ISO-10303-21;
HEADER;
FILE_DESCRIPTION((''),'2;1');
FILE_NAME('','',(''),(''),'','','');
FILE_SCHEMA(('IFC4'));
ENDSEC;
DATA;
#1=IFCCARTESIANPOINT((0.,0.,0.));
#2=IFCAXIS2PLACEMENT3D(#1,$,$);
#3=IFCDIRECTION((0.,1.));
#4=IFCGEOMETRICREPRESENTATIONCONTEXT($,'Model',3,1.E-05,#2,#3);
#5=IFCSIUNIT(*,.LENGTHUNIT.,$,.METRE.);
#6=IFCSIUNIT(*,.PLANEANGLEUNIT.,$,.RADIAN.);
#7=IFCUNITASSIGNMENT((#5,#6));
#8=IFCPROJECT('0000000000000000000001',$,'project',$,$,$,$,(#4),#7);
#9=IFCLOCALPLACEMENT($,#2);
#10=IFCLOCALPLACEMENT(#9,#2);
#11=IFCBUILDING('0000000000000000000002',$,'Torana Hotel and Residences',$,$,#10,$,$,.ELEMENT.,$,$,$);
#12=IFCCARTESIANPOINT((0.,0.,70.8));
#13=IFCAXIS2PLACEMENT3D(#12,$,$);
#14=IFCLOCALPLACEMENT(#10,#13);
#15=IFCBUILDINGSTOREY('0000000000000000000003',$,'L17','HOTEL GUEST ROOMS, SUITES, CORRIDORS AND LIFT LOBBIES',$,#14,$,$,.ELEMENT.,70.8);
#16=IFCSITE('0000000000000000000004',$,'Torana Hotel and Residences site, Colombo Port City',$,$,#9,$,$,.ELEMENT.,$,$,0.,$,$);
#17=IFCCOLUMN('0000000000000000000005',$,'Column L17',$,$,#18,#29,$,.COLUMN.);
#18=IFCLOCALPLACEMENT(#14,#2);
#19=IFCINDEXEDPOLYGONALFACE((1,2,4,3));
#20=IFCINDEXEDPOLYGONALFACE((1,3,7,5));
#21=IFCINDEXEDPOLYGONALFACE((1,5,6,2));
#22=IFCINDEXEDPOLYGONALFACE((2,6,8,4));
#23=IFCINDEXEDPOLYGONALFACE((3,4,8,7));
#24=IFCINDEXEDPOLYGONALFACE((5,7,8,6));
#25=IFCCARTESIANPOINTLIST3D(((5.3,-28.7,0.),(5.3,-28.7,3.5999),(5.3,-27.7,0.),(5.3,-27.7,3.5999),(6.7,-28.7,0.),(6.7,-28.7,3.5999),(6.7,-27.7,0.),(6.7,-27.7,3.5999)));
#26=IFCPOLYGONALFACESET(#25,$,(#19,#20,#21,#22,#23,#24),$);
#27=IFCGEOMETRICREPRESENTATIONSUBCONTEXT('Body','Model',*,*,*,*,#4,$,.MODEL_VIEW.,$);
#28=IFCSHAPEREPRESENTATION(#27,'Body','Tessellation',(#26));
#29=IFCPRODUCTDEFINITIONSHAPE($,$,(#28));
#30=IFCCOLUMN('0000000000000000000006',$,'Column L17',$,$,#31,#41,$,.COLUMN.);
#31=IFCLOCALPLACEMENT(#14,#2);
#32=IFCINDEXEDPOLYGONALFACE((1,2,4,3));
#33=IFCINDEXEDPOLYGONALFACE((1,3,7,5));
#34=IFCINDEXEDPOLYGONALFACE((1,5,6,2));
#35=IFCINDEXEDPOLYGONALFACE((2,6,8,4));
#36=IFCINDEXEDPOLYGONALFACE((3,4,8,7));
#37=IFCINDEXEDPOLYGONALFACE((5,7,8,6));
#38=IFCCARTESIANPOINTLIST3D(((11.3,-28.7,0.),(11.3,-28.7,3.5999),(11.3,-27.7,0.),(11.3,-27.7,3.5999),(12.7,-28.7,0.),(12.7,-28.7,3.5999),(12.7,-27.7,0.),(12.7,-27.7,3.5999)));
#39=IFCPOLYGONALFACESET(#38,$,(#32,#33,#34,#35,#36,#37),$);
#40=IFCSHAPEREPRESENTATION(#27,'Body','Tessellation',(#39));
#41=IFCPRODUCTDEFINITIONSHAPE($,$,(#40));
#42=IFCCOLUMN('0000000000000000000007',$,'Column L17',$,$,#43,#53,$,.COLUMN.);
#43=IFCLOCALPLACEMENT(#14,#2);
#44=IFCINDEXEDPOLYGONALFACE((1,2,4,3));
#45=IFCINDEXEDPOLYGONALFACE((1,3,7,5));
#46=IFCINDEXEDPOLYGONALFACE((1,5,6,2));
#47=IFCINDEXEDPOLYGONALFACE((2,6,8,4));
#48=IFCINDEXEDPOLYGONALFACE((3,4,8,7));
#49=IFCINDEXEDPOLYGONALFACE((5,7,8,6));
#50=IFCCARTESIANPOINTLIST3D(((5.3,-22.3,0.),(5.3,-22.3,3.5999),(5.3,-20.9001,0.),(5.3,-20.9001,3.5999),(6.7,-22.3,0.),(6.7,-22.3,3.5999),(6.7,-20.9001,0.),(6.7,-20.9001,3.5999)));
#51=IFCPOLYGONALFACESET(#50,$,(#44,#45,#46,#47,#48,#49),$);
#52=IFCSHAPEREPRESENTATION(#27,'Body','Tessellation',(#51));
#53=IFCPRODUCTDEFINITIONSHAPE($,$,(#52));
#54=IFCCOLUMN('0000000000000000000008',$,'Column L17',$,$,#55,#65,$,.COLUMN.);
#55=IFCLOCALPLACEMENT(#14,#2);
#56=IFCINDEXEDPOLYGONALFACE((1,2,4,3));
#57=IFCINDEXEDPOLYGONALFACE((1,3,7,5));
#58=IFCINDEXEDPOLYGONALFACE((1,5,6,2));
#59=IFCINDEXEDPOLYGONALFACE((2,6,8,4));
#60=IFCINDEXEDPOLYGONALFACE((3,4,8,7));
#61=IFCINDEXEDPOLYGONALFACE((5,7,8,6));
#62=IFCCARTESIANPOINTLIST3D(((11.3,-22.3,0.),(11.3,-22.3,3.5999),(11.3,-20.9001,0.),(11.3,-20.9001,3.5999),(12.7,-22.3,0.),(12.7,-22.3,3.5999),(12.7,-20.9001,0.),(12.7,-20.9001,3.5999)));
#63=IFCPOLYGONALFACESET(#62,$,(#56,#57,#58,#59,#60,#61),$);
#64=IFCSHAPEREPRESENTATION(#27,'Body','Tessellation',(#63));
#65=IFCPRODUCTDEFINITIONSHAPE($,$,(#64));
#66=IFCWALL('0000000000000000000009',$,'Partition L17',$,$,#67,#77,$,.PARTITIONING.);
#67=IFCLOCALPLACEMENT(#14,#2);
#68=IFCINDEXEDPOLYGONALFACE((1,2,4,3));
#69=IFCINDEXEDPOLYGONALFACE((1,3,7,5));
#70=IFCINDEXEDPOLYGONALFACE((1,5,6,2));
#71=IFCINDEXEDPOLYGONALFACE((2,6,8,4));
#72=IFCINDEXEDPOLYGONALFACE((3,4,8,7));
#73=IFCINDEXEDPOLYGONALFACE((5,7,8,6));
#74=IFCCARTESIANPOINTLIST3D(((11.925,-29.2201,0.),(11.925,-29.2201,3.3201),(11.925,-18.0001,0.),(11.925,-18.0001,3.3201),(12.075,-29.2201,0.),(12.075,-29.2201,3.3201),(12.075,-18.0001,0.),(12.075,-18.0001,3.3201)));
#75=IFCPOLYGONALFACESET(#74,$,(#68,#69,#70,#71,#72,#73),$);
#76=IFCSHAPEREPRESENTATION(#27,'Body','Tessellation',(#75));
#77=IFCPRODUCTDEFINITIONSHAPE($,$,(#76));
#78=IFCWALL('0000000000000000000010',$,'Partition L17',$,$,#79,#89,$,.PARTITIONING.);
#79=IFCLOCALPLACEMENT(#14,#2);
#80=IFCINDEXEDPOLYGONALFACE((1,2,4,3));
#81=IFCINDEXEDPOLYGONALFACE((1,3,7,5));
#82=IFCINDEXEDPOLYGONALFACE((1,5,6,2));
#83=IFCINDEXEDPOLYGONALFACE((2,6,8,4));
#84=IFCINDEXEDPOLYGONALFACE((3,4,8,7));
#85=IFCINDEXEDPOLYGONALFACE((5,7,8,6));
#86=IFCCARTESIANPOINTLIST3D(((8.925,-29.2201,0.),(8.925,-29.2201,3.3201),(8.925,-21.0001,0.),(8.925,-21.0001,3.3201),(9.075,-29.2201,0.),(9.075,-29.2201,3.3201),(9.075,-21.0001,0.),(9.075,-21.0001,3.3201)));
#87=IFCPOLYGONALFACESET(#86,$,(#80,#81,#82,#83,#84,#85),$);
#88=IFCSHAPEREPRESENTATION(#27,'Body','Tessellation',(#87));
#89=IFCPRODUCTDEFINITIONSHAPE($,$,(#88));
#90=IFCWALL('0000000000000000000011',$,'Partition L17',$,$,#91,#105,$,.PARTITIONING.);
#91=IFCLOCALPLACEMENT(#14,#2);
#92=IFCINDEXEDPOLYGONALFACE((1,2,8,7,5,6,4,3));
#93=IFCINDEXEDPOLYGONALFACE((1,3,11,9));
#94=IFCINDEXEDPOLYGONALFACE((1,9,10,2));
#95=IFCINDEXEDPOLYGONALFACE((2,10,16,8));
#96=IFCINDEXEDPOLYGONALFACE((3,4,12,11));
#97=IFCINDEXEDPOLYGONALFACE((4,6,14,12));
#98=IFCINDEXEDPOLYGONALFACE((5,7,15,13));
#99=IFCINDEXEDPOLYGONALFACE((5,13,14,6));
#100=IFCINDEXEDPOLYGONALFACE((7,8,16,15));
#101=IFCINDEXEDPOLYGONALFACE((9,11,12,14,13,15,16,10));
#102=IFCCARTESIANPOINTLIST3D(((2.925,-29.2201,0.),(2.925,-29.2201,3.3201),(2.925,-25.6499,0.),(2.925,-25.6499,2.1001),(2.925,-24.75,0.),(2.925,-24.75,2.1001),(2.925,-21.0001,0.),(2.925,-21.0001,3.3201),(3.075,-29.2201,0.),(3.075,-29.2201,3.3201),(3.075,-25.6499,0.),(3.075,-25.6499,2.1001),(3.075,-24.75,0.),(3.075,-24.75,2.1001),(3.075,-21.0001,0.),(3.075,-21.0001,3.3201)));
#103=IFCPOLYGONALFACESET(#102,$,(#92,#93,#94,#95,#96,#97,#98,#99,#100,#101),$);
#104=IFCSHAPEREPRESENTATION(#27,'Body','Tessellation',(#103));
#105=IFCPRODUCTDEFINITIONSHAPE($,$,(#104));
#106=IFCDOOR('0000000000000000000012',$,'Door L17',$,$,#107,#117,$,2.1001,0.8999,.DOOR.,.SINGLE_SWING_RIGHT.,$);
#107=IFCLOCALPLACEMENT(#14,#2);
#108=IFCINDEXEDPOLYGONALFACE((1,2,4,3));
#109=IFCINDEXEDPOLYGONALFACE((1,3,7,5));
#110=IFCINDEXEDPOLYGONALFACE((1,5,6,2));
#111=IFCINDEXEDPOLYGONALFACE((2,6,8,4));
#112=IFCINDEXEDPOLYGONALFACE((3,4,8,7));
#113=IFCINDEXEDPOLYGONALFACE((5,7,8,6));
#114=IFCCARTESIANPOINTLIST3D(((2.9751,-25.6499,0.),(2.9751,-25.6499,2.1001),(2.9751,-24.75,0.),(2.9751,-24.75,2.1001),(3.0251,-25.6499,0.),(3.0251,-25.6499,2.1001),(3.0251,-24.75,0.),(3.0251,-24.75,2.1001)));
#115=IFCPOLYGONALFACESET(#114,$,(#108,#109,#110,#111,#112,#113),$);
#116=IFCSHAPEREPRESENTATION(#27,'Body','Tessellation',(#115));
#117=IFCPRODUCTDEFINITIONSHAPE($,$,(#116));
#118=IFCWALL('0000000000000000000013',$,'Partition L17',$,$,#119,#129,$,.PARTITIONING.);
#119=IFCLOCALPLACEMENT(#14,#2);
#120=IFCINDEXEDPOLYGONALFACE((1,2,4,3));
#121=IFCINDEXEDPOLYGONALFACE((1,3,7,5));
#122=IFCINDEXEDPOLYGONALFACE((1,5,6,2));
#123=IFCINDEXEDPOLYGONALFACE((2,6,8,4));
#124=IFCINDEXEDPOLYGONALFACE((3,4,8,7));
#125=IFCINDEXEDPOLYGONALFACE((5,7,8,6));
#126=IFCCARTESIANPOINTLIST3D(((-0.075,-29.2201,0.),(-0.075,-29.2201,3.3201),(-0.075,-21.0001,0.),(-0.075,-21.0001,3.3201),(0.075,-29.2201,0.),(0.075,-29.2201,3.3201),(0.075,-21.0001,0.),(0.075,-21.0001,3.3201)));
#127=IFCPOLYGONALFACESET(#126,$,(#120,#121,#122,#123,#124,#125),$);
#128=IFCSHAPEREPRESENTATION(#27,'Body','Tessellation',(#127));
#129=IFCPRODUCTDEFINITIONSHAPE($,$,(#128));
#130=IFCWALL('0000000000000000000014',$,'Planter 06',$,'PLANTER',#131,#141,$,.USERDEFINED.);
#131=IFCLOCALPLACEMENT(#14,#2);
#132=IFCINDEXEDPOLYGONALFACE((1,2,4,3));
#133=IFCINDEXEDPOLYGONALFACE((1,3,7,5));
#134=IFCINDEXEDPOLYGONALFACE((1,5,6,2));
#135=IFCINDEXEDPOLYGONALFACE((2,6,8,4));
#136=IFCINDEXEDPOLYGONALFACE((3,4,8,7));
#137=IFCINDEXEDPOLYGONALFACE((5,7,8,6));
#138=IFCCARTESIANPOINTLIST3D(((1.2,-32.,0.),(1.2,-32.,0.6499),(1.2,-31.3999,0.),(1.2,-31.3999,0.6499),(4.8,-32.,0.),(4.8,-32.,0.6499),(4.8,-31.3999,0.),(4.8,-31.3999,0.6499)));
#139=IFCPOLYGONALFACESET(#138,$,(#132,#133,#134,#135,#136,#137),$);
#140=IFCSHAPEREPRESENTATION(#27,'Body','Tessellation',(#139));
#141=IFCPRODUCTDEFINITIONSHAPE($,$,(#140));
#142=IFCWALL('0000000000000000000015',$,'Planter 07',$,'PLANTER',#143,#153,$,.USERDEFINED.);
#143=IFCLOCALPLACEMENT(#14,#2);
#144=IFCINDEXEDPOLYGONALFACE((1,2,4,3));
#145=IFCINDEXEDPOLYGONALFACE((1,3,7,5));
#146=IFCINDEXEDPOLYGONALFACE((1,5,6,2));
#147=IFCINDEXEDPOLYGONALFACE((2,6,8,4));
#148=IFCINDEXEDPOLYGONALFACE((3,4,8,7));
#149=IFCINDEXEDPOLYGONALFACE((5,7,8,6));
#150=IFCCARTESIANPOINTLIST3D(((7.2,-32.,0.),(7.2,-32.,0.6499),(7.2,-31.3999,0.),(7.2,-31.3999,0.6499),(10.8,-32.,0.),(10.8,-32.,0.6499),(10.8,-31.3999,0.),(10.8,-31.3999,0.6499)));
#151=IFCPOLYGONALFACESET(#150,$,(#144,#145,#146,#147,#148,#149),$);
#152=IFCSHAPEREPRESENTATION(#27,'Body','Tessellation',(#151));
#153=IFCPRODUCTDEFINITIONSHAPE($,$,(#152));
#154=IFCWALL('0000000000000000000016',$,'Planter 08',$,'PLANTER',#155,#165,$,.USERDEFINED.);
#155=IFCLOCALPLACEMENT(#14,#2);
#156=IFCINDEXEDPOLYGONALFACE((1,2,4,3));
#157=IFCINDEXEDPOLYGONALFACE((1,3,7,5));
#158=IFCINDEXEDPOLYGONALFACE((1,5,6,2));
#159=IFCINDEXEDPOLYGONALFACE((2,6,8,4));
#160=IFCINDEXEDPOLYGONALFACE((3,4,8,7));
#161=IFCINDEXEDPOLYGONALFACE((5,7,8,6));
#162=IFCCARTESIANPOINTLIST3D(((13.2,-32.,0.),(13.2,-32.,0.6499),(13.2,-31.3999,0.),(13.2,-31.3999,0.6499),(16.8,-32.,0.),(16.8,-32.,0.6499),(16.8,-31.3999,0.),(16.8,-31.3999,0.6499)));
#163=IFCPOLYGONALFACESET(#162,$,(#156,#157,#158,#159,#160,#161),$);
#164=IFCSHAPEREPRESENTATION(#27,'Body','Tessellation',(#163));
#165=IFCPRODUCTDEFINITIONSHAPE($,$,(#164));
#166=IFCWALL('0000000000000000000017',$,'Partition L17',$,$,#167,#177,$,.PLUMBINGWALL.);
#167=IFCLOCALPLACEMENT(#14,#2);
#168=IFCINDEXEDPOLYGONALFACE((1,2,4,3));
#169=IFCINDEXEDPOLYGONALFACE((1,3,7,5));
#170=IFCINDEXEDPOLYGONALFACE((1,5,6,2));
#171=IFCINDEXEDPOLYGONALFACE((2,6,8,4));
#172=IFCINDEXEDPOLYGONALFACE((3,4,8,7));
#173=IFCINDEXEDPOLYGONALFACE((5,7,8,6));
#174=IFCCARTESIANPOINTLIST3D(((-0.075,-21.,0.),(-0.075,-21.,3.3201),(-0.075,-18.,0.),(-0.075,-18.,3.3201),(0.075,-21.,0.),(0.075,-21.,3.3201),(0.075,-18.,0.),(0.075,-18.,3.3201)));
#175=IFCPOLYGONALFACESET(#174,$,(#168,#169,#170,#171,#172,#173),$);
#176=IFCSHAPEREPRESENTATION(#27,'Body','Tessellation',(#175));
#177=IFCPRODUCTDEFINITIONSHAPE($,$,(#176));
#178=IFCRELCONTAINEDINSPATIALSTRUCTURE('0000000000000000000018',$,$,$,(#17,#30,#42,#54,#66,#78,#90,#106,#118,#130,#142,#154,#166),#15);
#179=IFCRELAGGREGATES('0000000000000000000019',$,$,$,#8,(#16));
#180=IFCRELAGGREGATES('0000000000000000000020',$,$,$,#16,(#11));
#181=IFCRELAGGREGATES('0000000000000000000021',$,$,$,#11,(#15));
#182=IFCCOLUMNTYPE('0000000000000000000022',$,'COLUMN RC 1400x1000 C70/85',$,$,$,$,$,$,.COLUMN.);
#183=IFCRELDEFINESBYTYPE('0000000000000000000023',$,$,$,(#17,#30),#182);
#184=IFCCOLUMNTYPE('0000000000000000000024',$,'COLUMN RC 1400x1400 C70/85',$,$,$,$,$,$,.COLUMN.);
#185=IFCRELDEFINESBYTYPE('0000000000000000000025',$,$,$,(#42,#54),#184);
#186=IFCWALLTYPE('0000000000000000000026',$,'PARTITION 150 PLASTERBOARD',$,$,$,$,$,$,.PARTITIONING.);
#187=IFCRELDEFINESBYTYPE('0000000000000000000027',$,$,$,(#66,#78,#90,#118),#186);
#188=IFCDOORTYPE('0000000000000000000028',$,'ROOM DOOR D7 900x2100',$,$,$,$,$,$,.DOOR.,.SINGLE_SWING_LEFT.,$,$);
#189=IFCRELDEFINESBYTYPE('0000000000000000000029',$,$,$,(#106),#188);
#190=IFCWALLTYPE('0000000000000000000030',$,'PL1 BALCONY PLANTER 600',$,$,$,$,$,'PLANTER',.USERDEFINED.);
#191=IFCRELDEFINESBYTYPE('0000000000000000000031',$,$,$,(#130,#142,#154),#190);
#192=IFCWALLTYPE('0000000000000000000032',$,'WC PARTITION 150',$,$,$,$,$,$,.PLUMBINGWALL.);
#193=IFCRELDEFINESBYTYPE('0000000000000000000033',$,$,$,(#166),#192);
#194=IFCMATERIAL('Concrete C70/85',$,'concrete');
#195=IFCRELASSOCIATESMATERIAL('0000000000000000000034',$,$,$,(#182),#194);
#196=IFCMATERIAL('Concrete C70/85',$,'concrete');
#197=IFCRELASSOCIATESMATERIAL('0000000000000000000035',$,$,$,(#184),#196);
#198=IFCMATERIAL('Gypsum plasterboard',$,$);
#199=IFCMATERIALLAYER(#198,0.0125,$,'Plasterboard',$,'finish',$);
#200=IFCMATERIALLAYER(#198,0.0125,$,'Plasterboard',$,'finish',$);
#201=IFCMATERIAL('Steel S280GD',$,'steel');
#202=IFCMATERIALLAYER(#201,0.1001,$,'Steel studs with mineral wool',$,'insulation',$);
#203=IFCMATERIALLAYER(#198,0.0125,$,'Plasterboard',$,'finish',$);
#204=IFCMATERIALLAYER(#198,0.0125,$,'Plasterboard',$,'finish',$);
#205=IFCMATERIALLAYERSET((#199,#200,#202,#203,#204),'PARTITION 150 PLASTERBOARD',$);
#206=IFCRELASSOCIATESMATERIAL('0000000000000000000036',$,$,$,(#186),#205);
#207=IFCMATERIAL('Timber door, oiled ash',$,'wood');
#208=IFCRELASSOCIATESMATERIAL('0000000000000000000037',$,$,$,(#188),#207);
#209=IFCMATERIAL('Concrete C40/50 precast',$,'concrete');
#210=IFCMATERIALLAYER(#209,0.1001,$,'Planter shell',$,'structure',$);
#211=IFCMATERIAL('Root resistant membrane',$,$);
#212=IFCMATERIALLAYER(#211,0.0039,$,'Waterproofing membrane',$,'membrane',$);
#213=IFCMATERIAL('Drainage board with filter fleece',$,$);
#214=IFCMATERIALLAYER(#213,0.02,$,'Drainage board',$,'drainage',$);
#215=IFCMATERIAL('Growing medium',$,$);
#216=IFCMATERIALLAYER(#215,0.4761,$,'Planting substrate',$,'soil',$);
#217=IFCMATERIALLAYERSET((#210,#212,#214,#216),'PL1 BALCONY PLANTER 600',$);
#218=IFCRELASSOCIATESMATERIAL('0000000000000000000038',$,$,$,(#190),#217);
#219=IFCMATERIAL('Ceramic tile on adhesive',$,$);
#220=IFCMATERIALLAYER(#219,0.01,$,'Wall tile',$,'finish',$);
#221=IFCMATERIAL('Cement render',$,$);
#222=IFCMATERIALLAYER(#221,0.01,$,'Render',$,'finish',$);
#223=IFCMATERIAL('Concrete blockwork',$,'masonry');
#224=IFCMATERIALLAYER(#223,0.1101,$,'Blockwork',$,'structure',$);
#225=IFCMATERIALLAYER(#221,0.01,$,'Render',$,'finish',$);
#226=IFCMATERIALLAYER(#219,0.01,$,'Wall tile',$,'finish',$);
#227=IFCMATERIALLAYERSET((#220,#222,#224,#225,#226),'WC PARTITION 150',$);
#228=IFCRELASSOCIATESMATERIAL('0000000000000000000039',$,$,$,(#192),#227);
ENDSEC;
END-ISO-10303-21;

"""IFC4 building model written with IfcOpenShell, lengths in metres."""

from ifc_helpers import new_model, si_unit, direction, frame, frame_2d, origin, origin_2d, place, context, subcontext, project, spatial, rectangle, extrude, material, layer, layer_set, material_profile, profile_set, type_object, element, fill, save


model = new_model("IFC4")

# Units and contexts
model_context = context("Model", 3, precision=1e-05, world=origin(), true_north=direction((0.0, 1.0)))
body_context = subcontext(model_context, "Body", "Model", "MODEL_VIEW")
ifc_project = project(units=[si_unit("LENGTHUNIT", "METRE"), si_unit("PLANEANGLEUNIT", "RADIAN")], contexts=[model_context])

# Site, building, storey
site_placement = place(None, origin())
site = spatial("IfcSite", under=ifc_project, at=site_placement, Name="Torana Hotel and Residences site, Colombo Port City", CompositionType="ELEMENT", RefElevation=0.0)
building_placement = place(site_placement, origin())
building = spatial("IfcBuilding", under=site, at=building_placement, Name="Torana Hotel and Residences", CompositionType="ELEMENT")
storey_placement = place(building_placement, frame((0.0, 0.0, 70.8)))
storey = spatial("IfcBuildingStorey", under=building, at=storey_placement, Name="L17", Description="HOTEL GUEST ROOMS, SUITES, CORRIDORS AND LIFT LOBBIES", CompositionType="ELEMENT", Elevation=70.8)

# Columns
ifc_material_1 = material(Name="Concrete C70/85", Category="concrete")
ifc_material_profile_1 = material_profile(ifc_material_1, rectangle(XDim=1.3999, YDim=1.0, at=origin_2d()), Name="RC 1400x1000")
ifc_profile_set_1 = profile_set([ifc_material_profile_1], Name="Concrete C70/85")
column_type_1 = type_object("IfcColumnType", Name="COLUMN RC 1400x1000 C70/85", PredefinedType="COLUMN", material=ifc_profile_set_1)
for number, where, z_axis, x_axis, name in (
    (1, (6.0, -28.2, 0.0), (0.0, 0.0, 1.0), (1.0, 0.0, 0.0), "Column L17"),
    (2, (12.0, -28.2, 0.0), (0.0, 0.0, 1.0), (1.0, 0.0, 0.0), "Column L17"),
):
    element("IfcColumn", number, at=place(storey_placement, frame(where, z_axis=z_axis, x_axis=x_axis)), inside=storey, type_object=column_type_1, Name=name, PredefinedType="COLUMN", context=body_context, shape_type="SweptSolid", body=[
        extrude(rectangle(XDim=1.3999, YDim=1.0, at=origin_2d()), origin(), (0.0, 0.0, 1.0), 3.5999),
    ])
ifc_material_2 = material(Name="Concrete C70/85", Category="concrete")
ifc_material_profile_2 = material_profile(ifc_material_2, rectangle(XDim=1.3999, YDim=1.3999, at=origin_2d()), Name="RC 1400x1400")
ifc_profile_set_2 = profile_set([ifc_material_profile_2], Name="Concrete C70/85")
column_type_2 = type_object("IfcColumnType", Name="COLUMN RC 1400x1400 C70/85", PredefinedType="COLUMN", material=ifc_profile_set_2)
for number, where, z_axis, x_axis, name in (
    (3, (6.0, -21.6001, 0.0), (0.0, 0.0, 1.0), (1.0, 0.0, 0.0), "Column L17"),
    (4, (12.0, -21.6001, 0.0), (0.0, 0.0, 1.0), (1.0, 0.0, 0.0), "Column L17"),
):
    element("IfcColumn", number, at=place(storey_placement, frame(where, z_axis=z_axis, x_axis=x_axis)), inside=storey, type_object=column_type_2, Name=name, PredefinedType="COLUMN", context=body_context, shape_type="SweptSolid", body=[
        extrude(rectangle(XDim=1.3999, YDim=1.3999, at=origin_2d()), origin(), (0.0, 0.0, 1.0), 3.5999),
    ])

# Walls
ifc_material_3 = material(Name="Gypsum plasterboard")
ifc_layer_1 = layer(ifc_material_3, 0.0125, Name="Plasterboard", Category="finish")
ifc_layer_2 = layer(ifc_material_3, 0.0125, Name="Plasterboard", Category="finish")
ifc_material_4 = material(Name="Steel S280GD", Category="steel")
ifc_layer_3 = layer(ifc_material_4, 0.1001, Name="Steel studs with mineral wool", Category="insulation")
ifc_layer_4 = layer(ifc_material_3, 0.0125, Name="Plasterboard", Category="finish")
ifc_layer_5 = layer(ifc_material_3, 0.0125, Name="Plasterboard", Category="finish")
ifc_layer_set_1 = layer_set([ifc_layer_1, ifc_layer_2, ifc_layer_3, ifc_layer_4, ifc_layer_5], Name="PARTITION 150 PLASTERBOARD")
wall_type_1 = type_object("IfcWallType", Name="PARTITION 150 PLASTERBOARD", PredefinedType="PARTITIONING", material=ifc_layer_set_1)
wall_1_placement = place(storey_placement, frame((12.0, -29.22, 0.0), z_axis=(0.0, 0.0, 1.0), x_axis=(0.0, 1.0, 0.0)))
element("IfcWall", 5, at=wall_1_placement, inside=storey, type_object=wall_type_1, Name="Partition L17", PredefinedType="PARTITIONING", context=body_context, shape_type="SweptSolid", body=[
    extrude(rectangle(XDim=11.22, YDim=0.1499, at=frame_2d((5.6099, 0.0))), origin(), (0.0, 0.0, 1.0), 3.3201),
])
wall_2_placement = place(storey_placement, frame((9.0, -29.22, 0.0), z_axis=(0.0, 0.0, 1.0), x_axis=(0.0, 1.0, 0.0)))
element("IfcWall", 6, at=wall_2_placement, inside=storey, type_object=wall_type_1, Name="Partition L17", PredefinedType="PARTITIONING", context=body_context, shape_type="SweptSolid", body=[
    extrude(rectangle(XDim=8.22, YDim=0.1499, at=frame_2d((4.1099, 0.0))), origin(), (0.0, 0.0, 1.0), 3.3201),
])

# Wall, opening, door
wall_3_placement = place(storey_placement, frame((3.0, -29.22, 0.0), z_axis=(0.0, 0.0, 1.0), x_axis=(0.0, 1.0, 0.0)))
wall_3 = element("IfcWall", 7, at=wall_3_placement, inside=storey, type_object=wall_type_1, Name="Partition L17", PredefinedType="PARTITIONING", context=body_context, shape_type="SweptSolid", body=[
    extrude(rectangle(XDim=8.22, YDim=0.1499, at=frame_2d((4.1099, 0.0))), origin(), (0.0, 0.0, 1.0), 3.3201),
])
opening_placement = place(wall_3_placement, frame((3.5701, 0.0, 0.0)))
opening = element("IfcOpeningElement", 8, at=opening_placement, cuts=wall_3, PredefinedType="OPENING", context=body_context, shape_type="SweptSolid", body=[
    extrude(rectangle(XDim=0.8999, YDim=2.1001, at=frame_2d((0.45, 1.05))), frame((0.0, 0.085, 0.0), z_axis=(0.0, -1.0, 0.0), x_axis=(1.0, 0.0, 0.0)), (0.0, 0.0, 1.0), 0.1699),
])
ifc_material_5 = material(Name="Timber door, oiled ash", Category="wood")
door_type = type_object("IfcDoorType", Name="ROOM DOOR D7 900x2100", OperationType="SINGLE_SWING_LEFT", PredefinedType="DOOR", material=ifc_material_5)
door_placement = place(opening_placement, origin())
door = element("IfcDoor", 9, at=door_placement, inside=storey, type_object=door_type, Name="Door L17", OperationType="SINGLE_SWING_RIGHT", OverallHeight=2.1001, OverallWidth=0.8999, PredefinedType="DOOR", context=body_context, shape_type="SweptSolid", body=[
    extrude(rectangle(XDim=0.8999, YDim=2.1001, at=frame_2d((0.45, 1.05))), frame((0.0, 0.0249, 0.0), z_axis=(0.0, -1.0, 0.0), x_axis=(1.0, 0.0, 0.0)), (0.0, 0.0, 1.0), 0.05),
])
fill(opening, door)

# Walls
wall_4_placement = place(storey_placement, frame((0.0, -29.22, 0.0), z_axis=(0.0, 0.0, 1.0), x_axis=(0.0, 1.0, 0.0)))
element("IfcWall", 10, at=wall_4_placement, inside=storey, type_object=wall_type_1, Name="Partition L17", PredefinedType="PARTITIONING", context=body_context, shape_type="SweptSolid", body=[
    extrude(rectangle(XDim=8.22, YDim=0.1499, at=frame_2d((4.1099, 0.0))), origin(), (0.0, 0.0, 1.0), 3.3201),
])
ifc_material_6 = material(Name="Concrete C40/50 precast", Category="concrete")
ifc_layer_6 = layer(ifc_material_6, 0.1001, Name="Planter shell", Category="structure")
ifc_material_7 = material(Name="Root resistant membrane")
ifc_layer_7 = layer(ifc_material_7, 0.0039, Name="Waterproofing membrane", Category="membrane")
ifc_material_8 = material(Name="Drainage board with filter fleece")
ifc_layer_8 = layer(ifc_material_8, 0.02, Name="Drainage board", Category="drainage")
ifc_material_9 = material(Name="Growing medium")
ifc_layer_9 = layer(ifc_material_9, 0.4761, Name="Planting substrate", Category="soil")
ifc_layer_set_2 = layer_set([ifc_layer_6, ifc_layer_7, ifc_layer_8, ifc_layer_9], Name="PL1 BALCONY PLANTER 600")
wall_type_2 = type_object("IfcWallType", Name="PL1 BALCONY PLANTER 600", ElementType="PLANTER", PredefinedType="USERDEFINED", material=ifc_layer_set_2)
for number, where, z_axis, x_axis, name in (
    (11, (4.8, -31.7, 0.0), (0.0, 0.0, 1.0), (-1.0, 0.0, 0.0), "Planter 06"),
    (12, (10.8, -31.7, 0.0), (0.0, 0.0, 1.0), (-1.0, 0.0, 0.0), "Planter 07"),
    (13, (16.8, -31.7, 0.0), (0.0, 0.0, 1.0), (-1.0, 0.0, 0.0), "Planter 08"),
):
    element("IfcWall", number, at=place(storey_placement, frame(where, z_axis=z_axis, x_axis=x_axis)), inside=storey, type_object=wall_type_2, Name=name, ObjectType="PLANTER", PredefinedType="USERDEFINED", context=body_context, shape_type="SweptSolid", body=[
        extrude(rectangle(XDim=3.6001, YDim=0.6001, at=frame_2d((1.8, 0.0))), origin(), (0.0, 0.0, 1.0), 0.6499),
    ])
ifc_material_10 = material(Name="Ceramic tile on adhesive")
ifc_layer_10 = layer(ifc_material_10, 0.01, Name="Wall tile", Category="finish")
ifc_material_11 = material(Name="Cement render")
ifc_layer_11 = layer(ifc_material_11, 0.01, Name="Render", Category="finish")
ifc_material_12 = material(Name="Concrete blockwork", Category="masonry")
ifc_layer_12 = layer(ifc_material_12, 0.1101, Name="Blockwork", Category="structure")
ifc_layer_13 = layer(ifc_material_11, 0.01, Name="Render", Category="finish")
ifc_layer_14 = layer(ifc_material_10, 0.01, Name="Wall tile", Category="finish")
ifc_layer_set_3 = layer_set([ifc_layer_10, ifc_layer_11, ifc_layer_12, ifc_layer_13, ifc_layer_14], Name="WC PARTITION 150")
wall_type_3 = type_object("IfcWallType", Name="WC PARTITION 150", PredefinedType="PLUMBINGWALL", material=ifc_layer_set_3)
wall_5_placement = place(storey_placement, frame((0.0, -21.0, 0.0), z_axis=(0.0, 0.0, 1.0), x_axis=(0.0, 1.0, 0.0)))
element("IfcWall", 14, at=wall_5_placement, inside=storey, type_object=wall_type_3, Name="Partition L17", PredefinedType="PLUMBINGWALL", context=body_context, shape_type="SweptSolid", body=[
    extrude(rectangle(XDim=3.0, YDim=0.1499, at=frame_2d((1.5, 0.0))), origin(), (0.0, 0.0, 1.0), 3.3201),
])

save(model, "model.ifc")
